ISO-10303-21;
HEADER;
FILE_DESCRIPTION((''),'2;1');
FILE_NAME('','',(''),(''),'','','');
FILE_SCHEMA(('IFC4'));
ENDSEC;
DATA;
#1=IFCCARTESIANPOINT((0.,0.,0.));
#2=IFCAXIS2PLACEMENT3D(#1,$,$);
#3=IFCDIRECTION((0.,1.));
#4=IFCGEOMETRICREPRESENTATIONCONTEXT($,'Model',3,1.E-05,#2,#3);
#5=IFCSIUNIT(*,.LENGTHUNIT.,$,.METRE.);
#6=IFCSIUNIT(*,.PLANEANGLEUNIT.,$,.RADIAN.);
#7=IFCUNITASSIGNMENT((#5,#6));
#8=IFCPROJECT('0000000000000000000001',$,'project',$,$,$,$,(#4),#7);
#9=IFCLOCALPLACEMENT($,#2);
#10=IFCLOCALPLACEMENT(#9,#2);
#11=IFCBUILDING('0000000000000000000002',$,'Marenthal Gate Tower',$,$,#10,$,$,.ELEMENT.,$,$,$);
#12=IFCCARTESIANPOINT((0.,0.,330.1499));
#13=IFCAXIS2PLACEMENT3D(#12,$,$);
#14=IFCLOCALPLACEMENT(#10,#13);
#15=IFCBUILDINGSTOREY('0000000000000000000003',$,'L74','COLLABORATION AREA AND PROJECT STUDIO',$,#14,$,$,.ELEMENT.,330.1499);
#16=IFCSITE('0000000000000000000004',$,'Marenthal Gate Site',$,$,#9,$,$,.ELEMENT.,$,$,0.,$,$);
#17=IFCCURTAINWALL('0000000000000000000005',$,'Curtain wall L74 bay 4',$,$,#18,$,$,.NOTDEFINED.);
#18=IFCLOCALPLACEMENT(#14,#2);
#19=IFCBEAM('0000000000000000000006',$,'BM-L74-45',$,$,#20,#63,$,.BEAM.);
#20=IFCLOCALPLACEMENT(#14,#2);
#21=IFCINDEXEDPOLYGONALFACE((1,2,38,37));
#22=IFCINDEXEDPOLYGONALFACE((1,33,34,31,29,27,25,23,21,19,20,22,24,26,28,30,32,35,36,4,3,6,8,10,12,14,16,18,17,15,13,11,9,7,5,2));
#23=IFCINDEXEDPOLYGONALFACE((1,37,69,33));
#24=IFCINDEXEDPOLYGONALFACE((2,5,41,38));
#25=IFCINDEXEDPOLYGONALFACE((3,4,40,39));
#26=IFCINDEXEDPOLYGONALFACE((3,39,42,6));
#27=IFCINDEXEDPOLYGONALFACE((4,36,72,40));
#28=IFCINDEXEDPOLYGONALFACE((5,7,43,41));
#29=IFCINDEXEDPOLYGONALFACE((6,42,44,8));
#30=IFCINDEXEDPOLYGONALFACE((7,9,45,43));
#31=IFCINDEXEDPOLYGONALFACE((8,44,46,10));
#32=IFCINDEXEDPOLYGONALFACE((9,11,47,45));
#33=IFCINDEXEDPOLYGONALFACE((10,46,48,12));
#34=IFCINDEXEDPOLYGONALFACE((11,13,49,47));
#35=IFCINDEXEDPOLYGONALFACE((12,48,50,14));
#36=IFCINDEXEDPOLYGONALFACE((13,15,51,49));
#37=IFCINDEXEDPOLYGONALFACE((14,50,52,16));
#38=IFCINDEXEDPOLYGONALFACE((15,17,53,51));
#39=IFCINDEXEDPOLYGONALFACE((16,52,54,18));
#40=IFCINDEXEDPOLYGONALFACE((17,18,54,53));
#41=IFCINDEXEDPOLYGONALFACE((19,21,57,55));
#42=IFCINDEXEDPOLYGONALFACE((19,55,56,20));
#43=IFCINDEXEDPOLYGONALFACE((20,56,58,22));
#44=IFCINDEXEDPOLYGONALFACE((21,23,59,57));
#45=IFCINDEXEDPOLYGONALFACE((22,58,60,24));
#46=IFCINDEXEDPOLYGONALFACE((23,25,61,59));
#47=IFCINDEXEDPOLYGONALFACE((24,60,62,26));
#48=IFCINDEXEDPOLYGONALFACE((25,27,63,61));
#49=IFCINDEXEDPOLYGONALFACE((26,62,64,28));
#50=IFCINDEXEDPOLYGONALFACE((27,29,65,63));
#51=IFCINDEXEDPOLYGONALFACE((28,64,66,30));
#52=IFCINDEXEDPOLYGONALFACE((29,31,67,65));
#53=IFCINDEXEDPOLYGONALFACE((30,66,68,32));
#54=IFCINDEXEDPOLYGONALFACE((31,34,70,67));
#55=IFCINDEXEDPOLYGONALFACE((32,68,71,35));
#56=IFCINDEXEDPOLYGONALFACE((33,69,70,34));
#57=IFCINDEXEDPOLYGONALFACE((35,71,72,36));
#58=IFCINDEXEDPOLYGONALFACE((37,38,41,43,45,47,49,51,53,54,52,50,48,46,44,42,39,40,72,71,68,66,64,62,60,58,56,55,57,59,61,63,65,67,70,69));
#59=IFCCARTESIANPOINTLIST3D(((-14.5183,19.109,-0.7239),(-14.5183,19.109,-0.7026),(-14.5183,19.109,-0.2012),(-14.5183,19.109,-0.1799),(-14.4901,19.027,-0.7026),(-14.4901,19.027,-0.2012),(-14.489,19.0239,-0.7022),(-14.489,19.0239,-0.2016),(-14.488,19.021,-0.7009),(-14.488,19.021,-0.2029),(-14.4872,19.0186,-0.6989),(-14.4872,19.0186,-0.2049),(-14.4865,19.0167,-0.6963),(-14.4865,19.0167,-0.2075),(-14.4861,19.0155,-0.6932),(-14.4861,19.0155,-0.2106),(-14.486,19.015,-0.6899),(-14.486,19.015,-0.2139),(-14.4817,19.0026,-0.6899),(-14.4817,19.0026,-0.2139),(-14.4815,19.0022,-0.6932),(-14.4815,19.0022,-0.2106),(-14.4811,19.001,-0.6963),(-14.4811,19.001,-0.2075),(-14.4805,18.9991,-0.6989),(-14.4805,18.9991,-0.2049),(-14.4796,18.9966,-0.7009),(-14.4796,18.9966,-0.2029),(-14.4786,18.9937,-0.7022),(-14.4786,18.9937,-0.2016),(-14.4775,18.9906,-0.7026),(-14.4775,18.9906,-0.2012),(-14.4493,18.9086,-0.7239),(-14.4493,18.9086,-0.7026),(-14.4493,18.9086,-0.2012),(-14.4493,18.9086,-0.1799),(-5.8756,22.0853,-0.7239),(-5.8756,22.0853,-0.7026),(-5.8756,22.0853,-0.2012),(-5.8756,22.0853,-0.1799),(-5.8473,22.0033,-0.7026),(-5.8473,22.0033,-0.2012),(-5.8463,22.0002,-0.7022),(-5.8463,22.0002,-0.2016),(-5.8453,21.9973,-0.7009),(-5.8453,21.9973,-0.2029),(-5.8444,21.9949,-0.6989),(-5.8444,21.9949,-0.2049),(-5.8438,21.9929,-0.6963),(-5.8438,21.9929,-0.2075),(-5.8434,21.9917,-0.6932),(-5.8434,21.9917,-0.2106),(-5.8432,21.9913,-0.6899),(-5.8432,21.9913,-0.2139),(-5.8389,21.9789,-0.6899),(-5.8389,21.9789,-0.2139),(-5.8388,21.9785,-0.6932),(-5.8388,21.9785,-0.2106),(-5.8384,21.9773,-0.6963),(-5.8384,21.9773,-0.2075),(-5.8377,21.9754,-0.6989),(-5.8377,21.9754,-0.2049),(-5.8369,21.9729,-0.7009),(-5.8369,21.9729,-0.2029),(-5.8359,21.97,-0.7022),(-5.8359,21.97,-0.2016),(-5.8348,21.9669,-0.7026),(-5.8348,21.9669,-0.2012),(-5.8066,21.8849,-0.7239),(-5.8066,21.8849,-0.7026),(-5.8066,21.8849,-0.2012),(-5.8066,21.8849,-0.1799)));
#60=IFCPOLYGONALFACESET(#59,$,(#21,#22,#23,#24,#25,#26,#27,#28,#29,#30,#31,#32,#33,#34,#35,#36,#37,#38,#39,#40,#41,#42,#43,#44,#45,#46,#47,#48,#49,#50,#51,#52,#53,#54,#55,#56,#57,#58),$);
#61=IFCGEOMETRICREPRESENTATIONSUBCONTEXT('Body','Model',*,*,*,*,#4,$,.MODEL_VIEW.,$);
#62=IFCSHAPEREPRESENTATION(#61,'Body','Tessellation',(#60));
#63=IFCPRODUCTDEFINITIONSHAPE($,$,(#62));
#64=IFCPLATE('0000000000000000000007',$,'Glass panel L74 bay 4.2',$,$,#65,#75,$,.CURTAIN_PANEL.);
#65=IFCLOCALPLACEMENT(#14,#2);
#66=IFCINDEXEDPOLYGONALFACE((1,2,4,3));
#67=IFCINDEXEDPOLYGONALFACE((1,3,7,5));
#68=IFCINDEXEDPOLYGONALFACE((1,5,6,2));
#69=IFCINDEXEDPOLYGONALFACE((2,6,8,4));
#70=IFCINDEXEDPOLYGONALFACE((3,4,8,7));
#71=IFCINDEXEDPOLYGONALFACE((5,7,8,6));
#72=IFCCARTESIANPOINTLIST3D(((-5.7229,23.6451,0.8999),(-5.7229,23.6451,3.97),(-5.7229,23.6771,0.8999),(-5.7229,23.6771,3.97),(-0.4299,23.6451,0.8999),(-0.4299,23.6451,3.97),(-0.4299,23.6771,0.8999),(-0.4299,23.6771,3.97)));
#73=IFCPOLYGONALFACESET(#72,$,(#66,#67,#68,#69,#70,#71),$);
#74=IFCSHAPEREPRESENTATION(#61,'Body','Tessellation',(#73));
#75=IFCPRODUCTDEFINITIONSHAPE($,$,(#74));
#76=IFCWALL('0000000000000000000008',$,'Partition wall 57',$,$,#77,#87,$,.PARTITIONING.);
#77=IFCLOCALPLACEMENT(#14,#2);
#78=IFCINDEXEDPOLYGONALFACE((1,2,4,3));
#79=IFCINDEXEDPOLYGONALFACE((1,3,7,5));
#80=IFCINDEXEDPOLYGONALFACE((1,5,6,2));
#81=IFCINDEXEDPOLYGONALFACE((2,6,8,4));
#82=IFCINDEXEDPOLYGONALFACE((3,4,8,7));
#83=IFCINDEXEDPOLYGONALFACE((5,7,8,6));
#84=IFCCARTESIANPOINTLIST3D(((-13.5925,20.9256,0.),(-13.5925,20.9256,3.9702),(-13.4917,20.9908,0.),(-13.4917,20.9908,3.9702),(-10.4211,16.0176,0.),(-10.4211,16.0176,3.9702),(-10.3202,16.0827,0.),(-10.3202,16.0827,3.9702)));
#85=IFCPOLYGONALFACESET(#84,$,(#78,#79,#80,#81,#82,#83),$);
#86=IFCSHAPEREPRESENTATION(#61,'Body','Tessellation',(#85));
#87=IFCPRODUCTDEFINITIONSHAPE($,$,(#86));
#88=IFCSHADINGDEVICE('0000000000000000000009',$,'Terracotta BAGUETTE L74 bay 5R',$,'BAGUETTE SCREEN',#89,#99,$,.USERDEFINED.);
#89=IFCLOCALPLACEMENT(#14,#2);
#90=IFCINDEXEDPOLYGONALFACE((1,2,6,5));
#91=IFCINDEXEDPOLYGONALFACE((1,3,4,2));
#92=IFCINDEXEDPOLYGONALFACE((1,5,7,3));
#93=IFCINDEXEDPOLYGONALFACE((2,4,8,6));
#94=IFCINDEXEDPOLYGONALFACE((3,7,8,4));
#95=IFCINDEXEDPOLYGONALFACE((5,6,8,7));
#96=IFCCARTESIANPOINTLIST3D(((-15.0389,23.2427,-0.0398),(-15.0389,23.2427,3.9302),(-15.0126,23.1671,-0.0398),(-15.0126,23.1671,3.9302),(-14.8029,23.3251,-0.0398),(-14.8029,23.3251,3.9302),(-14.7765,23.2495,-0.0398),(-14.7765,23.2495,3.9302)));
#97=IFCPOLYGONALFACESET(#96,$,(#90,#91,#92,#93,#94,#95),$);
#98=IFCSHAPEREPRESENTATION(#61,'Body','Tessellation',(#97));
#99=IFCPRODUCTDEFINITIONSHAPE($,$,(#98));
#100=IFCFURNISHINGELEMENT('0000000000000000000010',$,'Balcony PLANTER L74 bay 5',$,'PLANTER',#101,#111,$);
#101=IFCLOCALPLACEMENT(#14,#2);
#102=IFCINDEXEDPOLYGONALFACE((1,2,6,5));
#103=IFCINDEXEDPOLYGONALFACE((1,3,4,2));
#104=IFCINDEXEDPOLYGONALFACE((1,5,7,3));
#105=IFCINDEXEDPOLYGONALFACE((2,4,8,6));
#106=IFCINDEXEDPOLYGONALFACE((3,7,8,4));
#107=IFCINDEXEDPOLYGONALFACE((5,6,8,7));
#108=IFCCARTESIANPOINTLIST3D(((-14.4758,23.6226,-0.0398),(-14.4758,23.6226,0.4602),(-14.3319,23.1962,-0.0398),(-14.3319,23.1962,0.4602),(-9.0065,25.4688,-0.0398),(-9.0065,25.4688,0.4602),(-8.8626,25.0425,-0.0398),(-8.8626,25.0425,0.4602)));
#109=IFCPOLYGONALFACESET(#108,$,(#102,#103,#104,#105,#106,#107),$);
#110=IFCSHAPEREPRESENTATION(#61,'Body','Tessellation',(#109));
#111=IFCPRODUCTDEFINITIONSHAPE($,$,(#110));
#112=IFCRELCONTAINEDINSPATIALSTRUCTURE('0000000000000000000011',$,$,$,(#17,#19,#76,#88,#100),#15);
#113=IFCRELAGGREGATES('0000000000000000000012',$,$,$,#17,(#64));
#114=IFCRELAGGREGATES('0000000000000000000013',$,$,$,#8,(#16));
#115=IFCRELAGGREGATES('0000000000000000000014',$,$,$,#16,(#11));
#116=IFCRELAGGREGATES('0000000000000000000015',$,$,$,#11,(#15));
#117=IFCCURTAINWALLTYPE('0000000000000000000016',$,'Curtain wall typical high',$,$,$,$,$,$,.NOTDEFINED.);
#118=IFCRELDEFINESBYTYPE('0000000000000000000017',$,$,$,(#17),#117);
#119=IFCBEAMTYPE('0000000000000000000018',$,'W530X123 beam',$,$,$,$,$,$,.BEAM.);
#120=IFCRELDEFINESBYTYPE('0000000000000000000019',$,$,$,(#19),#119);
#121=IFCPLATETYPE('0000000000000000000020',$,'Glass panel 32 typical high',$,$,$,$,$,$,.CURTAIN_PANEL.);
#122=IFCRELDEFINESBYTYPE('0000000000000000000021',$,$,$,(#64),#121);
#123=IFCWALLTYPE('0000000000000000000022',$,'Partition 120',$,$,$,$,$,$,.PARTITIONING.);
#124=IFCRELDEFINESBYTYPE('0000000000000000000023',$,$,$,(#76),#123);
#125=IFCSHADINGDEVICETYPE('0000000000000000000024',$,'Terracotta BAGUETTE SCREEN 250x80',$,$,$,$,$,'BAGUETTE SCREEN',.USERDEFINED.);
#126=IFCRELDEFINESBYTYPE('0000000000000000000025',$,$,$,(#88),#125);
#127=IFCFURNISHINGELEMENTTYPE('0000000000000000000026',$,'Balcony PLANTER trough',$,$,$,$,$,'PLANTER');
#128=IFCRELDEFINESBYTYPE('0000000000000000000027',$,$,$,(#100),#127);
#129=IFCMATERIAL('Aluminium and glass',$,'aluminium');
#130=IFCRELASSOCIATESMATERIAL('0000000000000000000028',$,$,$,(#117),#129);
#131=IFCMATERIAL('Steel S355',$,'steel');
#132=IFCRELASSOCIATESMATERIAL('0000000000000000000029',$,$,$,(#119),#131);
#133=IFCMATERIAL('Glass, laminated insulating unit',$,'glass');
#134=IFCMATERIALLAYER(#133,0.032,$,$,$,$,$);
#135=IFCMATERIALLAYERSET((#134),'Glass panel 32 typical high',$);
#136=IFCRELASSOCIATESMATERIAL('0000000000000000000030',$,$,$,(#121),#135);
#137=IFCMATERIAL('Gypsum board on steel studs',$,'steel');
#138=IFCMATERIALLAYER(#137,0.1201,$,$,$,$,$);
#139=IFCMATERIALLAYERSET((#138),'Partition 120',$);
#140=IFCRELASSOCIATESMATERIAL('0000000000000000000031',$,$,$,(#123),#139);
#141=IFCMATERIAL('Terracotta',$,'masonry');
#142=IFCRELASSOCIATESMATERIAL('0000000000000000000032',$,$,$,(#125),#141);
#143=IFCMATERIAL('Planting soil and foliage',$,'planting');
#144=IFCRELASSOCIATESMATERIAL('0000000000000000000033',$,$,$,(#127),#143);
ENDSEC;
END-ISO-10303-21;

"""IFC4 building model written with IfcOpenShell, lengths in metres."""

from ifc_helpers import new_model, si_unit, direction, frame, frame_2d, origin, origin_2d, place, context, subcontext, project, spatial, rectangle, i_section, extrude, material, layer, layer_set, material_profile, profile_set, type_object, element, aggregate, save


model = new_model("IFC4")

# Units and contexts
model_context = context("Model", 3, precision=1e-05, world=origin(), true_north=direction((0.0, 1.0)))
body_context = subcontext(model_context, "Body", "Model", "MODEL_VIEW")
ifc_project = project(units=[si_unit("LENGTHUNIT", "METRE"), si_unit("PLANEANGLEUNIT", "RADIAN")], contexts=[model_context])

# Site, building, storey
site_placement = place(None, origin())
site = spatial("IfcSite", under=ifc_project, at=site_placement, Name="Marenthal Gate Site", CompositionType="ELEMENT", RefElevation=0.0)
building_placement = place(site_placement, origin())
building = spatial("IfcBuilding", under=site, at=building_placement, Name="Marenthal Gate Tower", CompositionType="ELEMENT")
storey_placement = place(building_placement, frame((0.0, 0.0, 330.1499)))
storey = spatial("IfcBuildingStorey", under=building, at=storey_placement, Name="L74", Description="COLLABORATION AREA AND PROJECT STUDIO", CompositionType="ELEMENT", Elevation=330.1499)

# Curtain wall
ifc_material_1 = material(Name="Aluminium and glass", Category="aluminium")
curtain_wall_type = type_object("IfcCurtainWallType", Name="Curtain wall typical high", PredefinedType="NOTDEFINED", material=ifc_material_1)
curtain_wall_placement = place(storey_placement, origin())
curtain_wall = element("IfcCurtainWall", 1, at=curtain_wall_placement, inside=storey, type_object=curtain_wall_type, Name="Curtain wall L74 bay 4", PredefinedType="NOTDEFINED")

# Beam
ifc_material_2 = material(Name="Steel S355", Category="steel")
ifc_material_profile_1 = material_profile(ifc_material_2, i_section(OverallWidth=0.2119, OverallDepth=0.5439, WebThickness=0.0132, FlangeThickness=0.0212, FilletRadius=0.0127, at=origin_2d()), Name="W530X123")
ifc_profile_set_1 = profile_set([ifc_material_profile_1], Name="Steel S355")
beam_type_1 = type_object("IfcBeamType", Name="W530X123 beam", PredefinedType="BEAM", material=ifc_profile_set_1)
beam_1_placement = place(storey_placement, frame((-5.8411, 21.9851, -0.4519), z_axis=(-0.945507, -0.325603, 0.0), x_axis=(0.325603, -0.945507, 0.0)))
element("IfcBeam", 2, at=beam_1_placement, inside=storey, type_object=beam_type_1, Name="BM-L74-45", PredefinedType="BEAM", context=body_context, shape_type="SweptSolid", body=[
    extrude(i_section(OverallWidth=0.2119, OverallDepth=0.5439, WebThickness=0.0132, FlangeThickness=0.0212, FilletRadius=0.0127, at=origin_2d()), origin(), (0.0, 0.0, 1.0), 9.1409),
])

# Plate
ifc_material_3 = material(Name="Glass, laminated insulating unit", Category="glass")
ifc_layer_1 = layer(ifc_material_3, 0.032)
ifc_layer_set_1 = layer_set([ifc_layer_1], Name="Glass panel 32 typical high")
plate_type = type_object("IfcPlateType", Name="Glass panel 32 typical high", PredefinedType="CURTAIN_PANEL", material=ifc_layer_set_1)
plate_placement = place(storey_placement, frame((-3.0764, 23.6611, 0.8999), z_axis=(0.0, 0.0, 1.0), x_axis=(-1.0, 0.0, 0.0)))
plate = element("IfcPlate", 3, at=plate_placement, type_object=plate_type, Name="Glass panel L74 bay 4.2", PredefinedType="CURTAIN_PANEL", context=body_context, shape_type="SweptSolid", body=[
    extrude(rectangle(XDim=5.293, YDim=0.032, at=origin_2d()), origin(), (0.0, 0.0, 1.0), 3.0701),
])
aggregate(curtain_wall, [plate])

# Wall
ifc_material_4 = material(Name="Gypsum board on steel studs", Category="steel")
ifc_layer_2 = layer(ifc_material_4, 0.1201)
ifc_layer_set_2 = layer_set([ifc_layer_2], Name="Partition 120")
wall_type_1 = type_object("IfcWallType", Name="Partition 120", PredefinedType="PARTITIONING", material=ifc_layer_set_2)
wall_1_placement = place(storey_placement, frame((-10.3706, 16.05, 0.0), z_axis=(0.0, 0.0, 1.0), x_axis=(-0.542726, 0.83991, 0.0)))
element("IfcWall", 4, at=wall_1_placement, inside=storey, type_object=wall_type_1, Name="Partition wall 57", PredefinedType="PARTITIONING", context=body_context, shape_type="SweptSolid", body=[
    extrude(rectangle(XDim=5.8435, YDim=0.1201, at=frame_2d((2.9219, 0.0))), origin(), (0.0, 0.0, 1.0), 3.9702),
])

# Shading device
ifc_material_5 = material(Name="Terracotta", Category="masonry")
ifc_material_profile_2 = material_profile(ifc_material_5, rectangle(XDim=0.25, YDim=0.0801, at=origin_2d()), Name="Terracotta baguette 250x80")
ifc_profile_set_2 = profile_set([ifc_material_profile_2], Name="Terracotta")
shading_device_type = type_object("IfcShadingDeviceType", Name="Terracotta BAGUETTE SCREEN 250x80", ElementType="BAGUETTE SCREEN", PredefinedType="USERDEFINED", material=ifc_profile_set_2)
shading_device_placement = place(storey_placement, frame((-14.9077, 23.2461, -0.0398), z_axis=(0.0, 0.0, 1.0), x_axis=(-0.944214, -0.329333, 0.0)))
element("IfcShadingDevice", 5, at=shading_device_placement, inside=storey, type_object=shading_device_type, Name="Terracotta BAGUETTE L74 bay 5R", ObjectType="BAGUETTE SCREEN", PredefinedType="USERDEFINED", context=body_context, shape_type="SweptSolid", body=[
    extrude(rectangle(XDim=0.25, YDim=0.0801, at=origin_2d()), origin(), (0.0, 0.0, 1.0), 3.97),
])

# Furnishing element
ifc_material_6 = material(Name="Planting soil and foliage", Category="planting")
furnishing_element_type = type_object("IfcFurnishingElementType", Name="Balcony PLANTER trough", ElementType="PLANTER", material=ifc_material_6)
furnishing_placement = place(storey_placement, frame((-11.6692, 24.3325, -0.0398), z_axis=(0.0, 0.0, 1.0), x_axis=(-0.947473, -0.319835, 0.0)))
element("IfcFurnishingElement", 6, at=furnishing_placement, inside=storey, type_object=furnishing_element_type, Name="Balcony PLANTER L74 bay 5", ObjectType="PLANTER", context=body_context, shape_type="SweptSolid", body=[
    extrude(rectangle(XDim=5.7725, YDim=0.45, at=origin_2d()), origin(), (0.0, 0.0, 1.0), 0.5),
])

save(model, "model.ifc")
